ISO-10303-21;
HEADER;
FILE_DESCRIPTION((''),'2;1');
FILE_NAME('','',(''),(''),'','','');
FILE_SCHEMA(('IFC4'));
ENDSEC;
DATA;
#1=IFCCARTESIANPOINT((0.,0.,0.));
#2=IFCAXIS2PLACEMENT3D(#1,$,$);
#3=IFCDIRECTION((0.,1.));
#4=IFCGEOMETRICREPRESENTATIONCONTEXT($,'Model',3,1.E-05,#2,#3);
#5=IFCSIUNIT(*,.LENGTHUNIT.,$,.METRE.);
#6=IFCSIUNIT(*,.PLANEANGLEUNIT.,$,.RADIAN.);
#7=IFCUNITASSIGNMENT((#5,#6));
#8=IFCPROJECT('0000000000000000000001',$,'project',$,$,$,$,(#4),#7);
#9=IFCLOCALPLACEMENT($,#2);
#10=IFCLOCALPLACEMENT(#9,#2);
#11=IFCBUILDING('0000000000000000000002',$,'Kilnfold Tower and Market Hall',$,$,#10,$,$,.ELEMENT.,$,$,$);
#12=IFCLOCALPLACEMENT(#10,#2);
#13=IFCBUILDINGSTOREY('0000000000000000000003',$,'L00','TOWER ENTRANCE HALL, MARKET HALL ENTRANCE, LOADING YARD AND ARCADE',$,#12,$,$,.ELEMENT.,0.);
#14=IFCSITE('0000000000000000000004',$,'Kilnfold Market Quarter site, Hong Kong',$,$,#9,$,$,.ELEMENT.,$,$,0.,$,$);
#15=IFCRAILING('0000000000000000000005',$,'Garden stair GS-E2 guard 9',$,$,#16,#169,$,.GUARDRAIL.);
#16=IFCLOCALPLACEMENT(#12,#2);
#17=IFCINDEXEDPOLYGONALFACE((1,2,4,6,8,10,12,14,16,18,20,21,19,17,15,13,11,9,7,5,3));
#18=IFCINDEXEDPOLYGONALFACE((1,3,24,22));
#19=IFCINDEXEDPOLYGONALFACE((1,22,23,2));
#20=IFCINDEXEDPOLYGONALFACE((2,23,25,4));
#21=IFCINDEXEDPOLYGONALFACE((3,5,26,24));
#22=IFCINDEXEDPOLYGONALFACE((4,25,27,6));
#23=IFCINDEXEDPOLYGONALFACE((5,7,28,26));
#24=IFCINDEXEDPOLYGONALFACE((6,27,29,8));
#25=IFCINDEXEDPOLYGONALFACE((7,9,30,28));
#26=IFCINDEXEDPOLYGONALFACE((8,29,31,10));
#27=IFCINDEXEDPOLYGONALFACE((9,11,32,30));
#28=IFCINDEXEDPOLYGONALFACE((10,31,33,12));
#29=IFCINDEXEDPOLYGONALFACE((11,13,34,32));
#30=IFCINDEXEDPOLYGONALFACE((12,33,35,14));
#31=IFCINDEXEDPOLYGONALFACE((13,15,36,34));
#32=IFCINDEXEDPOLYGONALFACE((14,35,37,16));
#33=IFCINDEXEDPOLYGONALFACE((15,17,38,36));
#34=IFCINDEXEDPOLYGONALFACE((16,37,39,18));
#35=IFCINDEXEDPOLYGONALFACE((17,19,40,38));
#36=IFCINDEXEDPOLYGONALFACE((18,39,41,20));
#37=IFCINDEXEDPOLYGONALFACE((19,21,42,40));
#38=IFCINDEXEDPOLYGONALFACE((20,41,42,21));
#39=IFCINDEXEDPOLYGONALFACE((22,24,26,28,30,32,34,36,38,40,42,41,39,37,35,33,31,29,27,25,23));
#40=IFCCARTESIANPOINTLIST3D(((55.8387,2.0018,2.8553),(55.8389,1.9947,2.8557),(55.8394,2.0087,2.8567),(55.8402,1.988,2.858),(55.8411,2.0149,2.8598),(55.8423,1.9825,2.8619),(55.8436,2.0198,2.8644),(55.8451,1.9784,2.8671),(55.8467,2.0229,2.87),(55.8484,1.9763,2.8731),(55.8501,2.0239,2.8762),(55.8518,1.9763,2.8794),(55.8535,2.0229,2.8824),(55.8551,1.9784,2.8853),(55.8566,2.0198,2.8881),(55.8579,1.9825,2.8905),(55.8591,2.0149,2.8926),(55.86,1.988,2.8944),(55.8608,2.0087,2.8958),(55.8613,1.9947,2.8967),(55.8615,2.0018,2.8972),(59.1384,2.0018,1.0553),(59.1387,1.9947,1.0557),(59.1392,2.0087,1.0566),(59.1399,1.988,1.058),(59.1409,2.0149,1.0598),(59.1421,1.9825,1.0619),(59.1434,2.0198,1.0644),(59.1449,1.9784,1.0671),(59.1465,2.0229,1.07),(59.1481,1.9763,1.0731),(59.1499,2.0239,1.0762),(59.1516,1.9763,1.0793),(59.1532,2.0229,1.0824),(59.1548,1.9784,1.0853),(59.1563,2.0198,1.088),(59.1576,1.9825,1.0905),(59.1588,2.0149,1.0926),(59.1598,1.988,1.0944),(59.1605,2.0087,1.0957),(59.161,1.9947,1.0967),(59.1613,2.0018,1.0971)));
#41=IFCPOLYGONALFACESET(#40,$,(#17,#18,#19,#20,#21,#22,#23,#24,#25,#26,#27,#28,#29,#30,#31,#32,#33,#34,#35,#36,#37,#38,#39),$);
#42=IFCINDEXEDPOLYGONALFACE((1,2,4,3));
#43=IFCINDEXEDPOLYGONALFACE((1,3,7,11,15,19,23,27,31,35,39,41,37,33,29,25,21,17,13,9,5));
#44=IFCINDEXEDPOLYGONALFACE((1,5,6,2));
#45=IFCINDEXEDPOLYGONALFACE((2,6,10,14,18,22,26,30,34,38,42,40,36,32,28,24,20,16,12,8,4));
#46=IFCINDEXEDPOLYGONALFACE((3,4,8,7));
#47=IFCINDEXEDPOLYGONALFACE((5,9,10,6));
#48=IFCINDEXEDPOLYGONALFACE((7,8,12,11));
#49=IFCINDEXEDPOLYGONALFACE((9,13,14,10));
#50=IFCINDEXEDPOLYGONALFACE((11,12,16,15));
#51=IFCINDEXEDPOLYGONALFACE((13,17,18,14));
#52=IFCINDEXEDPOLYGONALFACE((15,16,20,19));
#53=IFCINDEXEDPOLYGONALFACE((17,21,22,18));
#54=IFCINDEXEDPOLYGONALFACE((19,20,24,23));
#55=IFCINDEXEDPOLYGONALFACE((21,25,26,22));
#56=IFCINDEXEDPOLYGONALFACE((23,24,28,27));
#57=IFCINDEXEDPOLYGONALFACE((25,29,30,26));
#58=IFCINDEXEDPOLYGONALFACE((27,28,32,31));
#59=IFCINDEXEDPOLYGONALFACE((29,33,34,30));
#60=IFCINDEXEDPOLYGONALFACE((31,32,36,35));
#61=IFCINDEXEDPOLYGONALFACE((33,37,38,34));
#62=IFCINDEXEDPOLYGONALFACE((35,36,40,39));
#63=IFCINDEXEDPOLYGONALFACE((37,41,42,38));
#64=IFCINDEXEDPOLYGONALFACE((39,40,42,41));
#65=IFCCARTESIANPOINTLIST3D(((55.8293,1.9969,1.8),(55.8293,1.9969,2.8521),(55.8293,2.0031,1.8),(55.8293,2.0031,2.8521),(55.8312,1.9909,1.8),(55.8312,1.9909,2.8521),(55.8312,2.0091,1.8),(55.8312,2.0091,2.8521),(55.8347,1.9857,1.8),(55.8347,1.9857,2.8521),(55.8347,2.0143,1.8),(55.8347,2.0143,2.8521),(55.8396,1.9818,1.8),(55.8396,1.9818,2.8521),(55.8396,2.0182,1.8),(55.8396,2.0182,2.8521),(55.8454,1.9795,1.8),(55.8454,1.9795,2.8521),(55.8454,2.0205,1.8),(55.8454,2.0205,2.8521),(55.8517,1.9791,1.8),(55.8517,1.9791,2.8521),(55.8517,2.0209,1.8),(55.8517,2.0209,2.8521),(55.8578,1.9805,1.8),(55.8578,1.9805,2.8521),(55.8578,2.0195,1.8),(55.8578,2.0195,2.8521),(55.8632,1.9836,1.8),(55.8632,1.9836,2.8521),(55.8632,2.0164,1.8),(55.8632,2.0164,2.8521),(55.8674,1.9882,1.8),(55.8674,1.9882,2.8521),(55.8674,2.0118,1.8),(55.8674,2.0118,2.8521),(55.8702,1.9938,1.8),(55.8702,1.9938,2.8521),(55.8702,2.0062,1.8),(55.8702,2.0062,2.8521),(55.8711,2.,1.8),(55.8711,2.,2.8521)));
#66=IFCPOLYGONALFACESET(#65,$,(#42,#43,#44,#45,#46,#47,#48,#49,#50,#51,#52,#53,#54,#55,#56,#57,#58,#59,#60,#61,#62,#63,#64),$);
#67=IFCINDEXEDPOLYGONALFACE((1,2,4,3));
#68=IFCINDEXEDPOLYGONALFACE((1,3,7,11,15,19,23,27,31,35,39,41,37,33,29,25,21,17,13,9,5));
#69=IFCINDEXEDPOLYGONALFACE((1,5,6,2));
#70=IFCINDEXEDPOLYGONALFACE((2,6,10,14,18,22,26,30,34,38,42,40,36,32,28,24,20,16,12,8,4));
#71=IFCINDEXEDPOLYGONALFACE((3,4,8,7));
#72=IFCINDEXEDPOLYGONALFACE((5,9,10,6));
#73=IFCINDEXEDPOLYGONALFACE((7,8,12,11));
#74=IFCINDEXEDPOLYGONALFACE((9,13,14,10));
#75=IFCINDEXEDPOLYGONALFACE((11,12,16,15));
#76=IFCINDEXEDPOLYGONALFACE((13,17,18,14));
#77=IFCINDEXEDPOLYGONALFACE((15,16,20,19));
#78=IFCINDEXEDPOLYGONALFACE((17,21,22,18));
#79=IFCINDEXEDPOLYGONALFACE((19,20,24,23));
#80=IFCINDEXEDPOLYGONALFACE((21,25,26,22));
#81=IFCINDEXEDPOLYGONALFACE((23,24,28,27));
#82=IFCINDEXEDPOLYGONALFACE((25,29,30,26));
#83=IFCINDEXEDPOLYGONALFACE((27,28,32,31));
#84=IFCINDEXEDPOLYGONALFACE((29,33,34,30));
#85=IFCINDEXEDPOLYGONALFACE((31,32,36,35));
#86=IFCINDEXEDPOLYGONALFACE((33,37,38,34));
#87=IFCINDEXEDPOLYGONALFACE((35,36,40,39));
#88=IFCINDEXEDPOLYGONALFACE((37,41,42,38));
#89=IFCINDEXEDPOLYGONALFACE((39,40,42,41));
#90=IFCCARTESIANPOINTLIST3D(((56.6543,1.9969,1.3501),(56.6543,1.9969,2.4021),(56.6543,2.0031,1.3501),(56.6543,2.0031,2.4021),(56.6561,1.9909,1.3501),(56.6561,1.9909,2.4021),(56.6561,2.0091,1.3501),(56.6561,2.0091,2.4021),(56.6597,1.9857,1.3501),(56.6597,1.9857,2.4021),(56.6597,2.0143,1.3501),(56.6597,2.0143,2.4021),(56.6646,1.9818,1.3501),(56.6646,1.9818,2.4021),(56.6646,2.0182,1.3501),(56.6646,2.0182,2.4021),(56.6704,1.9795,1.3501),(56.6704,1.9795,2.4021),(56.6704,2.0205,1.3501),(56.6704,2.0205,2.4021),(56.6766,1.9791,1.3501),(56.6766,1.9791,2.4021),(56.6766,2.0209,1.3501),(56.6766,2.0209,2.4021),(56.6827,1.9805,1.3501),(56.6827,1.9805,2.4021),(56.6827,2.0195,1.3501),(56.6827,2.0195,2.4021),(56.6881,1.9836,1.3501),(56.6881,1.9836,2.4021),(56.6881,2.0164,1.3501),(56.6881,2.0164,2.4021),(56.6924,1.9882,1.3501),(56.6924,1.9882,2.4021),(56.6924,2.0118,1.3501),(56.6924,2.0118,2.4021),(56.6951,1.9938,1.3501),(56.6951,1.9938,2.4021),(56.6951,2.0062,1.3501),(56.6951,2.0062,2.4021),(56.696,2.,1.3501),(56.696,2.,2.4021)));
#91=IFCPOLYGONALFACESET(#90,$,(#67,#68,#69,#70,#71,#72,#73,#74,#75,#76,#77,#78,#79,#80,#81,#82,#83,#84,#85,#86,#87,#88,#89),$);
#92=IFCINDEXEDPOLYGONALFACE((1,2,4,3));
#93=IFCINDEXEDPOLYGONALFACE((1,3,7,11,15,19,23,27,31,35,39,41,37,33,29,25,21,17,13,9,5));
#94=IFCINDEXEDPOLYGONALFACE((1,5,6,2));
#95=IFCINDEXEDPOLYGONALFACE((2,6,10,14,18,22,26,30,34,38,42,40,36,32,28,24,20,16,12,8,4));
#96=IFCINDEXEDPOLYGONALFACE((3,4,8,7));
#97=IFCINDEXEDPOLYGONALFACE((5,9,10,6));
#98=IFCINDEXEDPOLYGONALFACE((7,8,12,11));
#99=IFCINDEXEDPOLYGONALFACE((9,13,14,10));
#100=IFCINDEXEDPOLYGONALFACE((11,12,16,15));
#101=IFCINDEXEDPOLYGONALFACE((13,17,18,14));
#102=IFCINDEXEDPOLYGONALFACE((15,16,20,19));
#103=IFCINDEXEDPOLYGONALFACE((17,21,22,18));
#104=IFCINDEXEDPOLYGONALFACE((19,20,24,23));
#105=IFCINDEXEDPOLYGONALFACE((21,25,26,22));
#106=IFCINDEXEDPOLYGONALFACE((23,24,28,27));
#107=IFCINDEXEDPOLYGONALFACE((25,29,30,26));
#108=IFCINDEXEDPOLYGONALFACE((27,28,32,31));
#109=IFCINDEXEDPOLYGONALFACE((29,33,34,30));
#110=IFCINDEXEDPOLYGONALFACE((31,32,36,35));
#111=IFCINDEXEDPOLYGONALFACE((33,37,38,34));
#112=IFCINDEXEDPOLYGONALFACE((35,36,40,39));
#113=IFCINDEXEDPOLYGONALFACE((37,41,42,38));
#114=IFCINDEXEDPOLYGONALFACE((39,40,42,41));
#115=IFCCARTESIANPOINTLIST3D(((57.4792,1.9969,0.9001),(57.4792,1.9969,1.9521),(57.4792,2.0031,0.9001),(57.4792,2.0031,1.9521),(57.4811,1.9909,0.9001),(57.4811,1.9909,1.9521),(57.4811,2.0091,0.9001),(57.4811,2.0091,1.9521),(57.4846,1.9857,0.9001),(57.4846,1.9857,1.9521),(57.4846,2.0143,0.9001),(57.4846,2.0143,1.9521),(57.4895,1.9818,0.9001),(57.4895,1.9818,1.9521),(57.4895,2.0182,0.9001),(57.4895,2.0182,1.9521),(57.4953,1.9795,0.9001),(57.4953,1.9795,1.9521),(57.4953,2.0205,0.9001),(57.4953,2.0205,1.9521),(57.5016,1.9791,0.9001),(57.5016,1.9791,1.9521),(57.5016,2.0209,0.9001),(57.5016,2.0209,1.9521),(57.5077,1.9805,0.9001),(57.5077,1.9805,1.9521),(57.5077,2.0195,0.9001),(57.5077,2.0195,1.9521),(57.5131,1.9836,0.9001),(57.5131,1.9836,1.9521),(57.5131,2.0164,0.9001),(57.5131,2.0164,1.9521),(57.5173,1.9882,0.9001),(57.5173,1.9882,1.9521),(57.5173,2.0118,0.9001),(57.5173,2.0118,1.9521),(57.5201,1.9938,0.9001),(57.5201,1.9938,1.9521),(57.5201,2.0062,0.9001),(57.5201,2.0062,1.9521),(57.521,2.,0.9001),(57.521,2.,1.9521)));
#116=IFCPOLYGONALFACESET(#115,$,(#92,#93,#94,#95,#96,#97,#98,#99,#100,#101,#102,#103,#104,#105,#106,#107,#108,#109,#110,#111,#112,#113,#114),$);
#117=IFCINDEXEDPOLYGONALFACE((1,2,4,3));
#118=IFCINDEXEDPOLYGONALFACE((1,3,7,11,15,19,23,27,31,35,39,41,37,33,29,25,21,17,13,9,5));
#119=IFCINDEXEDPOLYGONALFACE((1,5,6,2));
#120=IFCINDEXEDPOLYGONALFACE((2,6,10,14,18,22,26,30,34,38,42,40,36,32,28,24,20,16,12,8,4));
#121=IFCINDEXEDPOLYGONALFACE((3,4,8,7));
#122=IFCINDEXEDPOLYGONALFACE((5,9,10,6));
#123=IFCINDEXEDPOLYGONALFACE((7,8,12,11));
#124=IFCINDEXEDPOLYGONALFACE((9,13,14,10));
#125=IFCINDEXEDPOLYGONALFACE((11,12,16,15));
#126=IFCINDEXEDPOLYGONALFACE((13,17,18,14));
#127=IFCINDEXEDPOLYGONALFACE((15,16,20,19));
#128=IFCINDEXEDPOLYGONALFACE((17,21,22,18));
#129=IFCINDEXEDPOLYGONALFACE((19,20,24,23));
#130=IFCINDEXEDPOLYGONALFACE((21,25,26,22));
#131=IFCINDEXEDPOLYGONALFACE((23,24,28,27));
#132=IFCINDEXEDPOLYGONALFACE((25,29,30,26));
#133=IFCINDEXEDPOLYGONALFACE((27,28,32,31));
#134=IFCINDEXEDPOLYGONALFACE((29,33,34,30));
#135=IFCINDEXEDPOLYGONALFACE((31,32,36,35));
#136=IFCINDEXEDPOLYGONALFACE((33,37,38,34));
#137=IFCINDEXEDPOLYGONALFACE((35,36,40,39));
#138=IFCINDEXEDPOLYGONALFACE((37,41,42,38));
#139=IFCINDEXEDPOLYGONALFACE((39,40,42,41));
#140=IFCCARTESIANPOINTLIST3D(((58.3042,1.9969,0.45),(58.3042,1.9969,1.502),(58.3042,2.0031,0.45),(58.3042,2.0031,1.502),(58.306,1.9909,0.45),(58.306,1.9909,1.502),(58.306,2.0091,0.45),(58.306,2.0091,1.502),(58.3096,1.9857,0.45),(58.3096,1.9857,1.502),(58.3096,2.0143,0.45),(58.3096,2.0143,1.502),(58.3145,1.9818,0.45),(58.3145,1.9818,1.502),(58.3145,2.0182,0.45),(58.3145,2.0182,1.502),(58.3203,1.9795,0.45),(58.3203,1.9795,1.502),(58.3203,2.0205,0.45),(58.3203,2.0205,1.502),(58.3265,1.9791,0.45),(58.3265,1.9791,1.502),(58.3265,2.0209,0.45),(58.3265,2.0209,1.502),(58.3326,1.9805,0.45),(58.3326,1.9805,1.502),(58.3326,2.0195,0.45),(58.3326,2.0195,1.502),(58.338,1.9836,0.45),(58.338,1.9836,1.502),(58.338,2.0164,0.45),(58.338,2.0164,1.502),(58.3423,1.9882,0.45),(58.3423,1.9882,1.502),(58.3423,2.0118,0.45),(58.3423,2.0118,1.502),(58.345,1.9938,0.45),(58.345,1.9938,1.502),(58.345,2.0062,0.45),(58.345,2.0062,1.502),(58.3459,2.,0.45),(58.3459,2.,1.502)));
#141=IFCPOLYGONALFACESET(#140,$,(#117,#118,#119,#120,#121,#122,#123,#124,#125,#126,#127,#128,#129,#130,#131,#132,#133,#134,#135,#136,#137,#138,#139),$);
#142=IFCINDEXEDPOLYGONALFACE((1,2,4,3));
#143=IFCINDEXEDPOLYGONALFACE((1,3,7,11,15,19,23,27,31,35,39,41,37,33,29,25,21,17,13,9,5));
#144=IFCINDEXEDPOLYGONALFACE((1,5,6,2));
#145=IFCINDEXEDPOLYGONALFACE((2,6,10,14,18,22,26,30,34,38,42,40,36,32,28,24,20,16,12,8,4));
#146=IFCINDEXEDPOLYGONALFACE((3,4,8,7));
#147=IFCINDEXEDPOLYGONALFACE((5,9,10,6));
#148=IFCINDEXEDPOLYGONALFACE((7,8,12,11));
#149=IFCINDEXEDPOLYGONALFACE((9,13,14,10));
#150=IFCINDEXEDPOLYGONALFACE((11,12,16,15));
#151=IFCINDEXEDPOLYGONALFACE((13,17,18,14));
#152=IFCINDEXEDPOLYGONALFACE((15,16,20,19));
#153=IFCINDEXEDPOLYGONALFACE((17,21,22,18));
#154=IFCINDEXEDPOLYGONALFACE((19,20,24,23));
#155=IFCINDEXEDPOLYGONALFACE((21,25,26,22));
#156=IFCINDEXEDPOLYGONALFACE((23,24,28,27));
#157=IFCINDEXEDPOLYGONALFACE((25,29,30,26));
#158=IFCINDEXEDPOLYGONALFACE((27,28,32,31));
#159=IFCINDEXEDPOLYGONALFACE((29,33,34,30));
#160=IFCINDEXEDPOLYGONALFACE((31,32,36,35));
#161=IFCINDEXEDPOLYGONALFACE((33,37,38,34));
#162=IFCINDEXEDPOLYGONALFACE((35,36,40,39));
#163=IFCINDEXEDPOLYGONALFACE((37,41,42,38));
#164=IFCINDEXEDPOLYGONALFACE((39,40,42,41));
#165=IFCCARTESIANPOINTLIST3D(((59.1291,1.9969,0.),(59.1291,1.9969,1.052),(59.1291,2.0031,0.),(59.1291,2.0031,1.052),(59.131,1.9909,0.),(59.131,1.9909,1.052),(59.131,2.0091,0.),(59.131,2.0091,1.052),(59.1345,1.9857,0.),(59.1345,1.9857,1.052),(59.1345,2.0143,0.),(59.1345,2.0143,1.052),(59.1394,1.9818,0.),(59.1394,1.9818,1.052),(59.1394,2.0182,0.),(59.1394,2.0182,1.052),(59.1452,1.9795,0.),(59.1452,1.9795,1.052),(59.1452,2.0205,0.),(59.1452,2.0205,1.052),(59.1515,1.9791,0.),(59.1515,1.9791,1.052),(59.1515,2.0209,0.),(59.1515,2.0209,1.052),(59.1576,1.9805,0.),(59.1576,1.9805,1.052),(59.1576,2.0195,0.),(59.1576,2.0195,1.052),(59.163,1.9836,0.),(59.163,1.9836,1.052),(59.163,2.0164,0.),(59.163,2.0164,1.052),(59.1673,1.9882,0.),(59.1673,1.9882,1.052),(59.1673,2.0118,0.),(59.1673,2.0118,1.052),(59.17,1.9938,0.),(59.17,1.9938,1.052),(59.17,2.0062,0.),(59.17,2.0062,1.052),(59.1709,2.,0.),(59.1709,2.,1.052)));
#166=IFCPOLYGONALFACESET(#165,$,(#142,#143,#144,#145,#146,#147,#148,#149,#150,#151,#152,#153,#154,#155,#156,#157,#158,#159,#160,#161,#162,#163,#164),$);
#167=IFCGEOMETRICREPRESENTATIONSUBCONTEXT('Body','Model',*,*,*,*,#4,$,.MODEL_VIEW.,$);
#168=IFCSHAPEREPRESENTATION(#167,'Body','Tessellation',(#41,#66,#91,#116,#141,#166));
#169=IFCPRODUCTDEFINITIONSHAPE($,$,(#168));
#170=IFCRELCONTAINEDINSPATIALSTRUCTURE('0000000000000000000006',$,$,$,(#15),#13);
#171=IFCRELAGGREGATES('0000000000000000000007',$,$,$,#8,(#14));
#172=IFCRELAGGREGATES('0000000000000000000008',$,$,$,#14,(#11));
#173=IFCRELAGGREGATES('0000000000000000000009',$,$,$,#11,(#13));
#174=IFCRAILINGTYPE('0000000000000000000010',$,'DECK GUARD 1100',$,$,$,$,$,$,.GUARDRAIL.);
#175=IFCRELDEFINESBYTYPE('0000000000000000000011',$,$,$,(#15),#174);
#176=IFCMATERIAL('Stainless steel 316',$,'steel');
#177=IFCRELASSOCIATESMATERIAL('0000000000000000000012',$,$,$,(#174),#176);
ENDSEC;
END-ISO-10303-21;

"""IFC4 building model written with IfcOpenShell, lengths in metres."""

from ifc_helpers import new_model, si_unit, direction, frame, origin, origin_2d, place, context, subcontext, project, spatial, circle, extrude, material, type_object, element, save


model = new_model("IFC4")

# Units and contexts
model_context = context("Model", 3, precision=1e-05, world=origin(), true_north=direction((0.0, 1.0)))
body_context = subcontext(model_context, "Body", "Model", "MODEL_VIEW")
ifc_project = project(units=[si_unit("LENGTHUNIT", "METRE"), si_unit("PLANEANGLEUNIT", "RADIAN")], contexts=[model_context])

# Site, building, storey
site_placement = place(None, origin())
site = spatial("IfcSite", under=ifc_project, at=site_placement, Name="Kilnfold Market Quarter site, Hong Kong", CompositionType="ELEMENT", RefElevation=0.0)
building_placement = place(site_placement, origin())
building = spatial("IfcBuilding", under=site, at=building_placement, Name="Kilnfold Tower and Market Hall", CompositionType="ELEMENT")
storey_placement = place(building_placement, origin())
storey = spatial("IfcBuildingStorey", under=building, at=storey_placement, Name="L00", Description="TOWER ENTRANCE HALL, MARKET HALL ENTRANCE, LOADING YARD AND ARCADE", CompositionType="ELEMENT", Elevation=0.0)

# Railing
ifc_material_1 = material(Name="Stainless steel 316", Category="steel")
railing_type_1 = type_object("IfcRailingType", Name="DECK GUARD 1100", PredefinedType="GUARDRAIL", material=ifc_material_1)
railing_1_placement = place(storey_placement, frame((55.8501, 2.0, 1.8)))
element("IfcRailing", 1, at=railing_1_placement, inside=storey, type_object=railing_type_1, Name="Garden stair GS-E2 guard 9", PredefinedType="GUARDRAIL", context=body_context, shape_type="SweptSolid", body=[
    extrude(circle(Radius=0.0239, at=origin_2d()), frame((0.0, 0.0, 1.0762), z_axis=(0.877878, 0.0, -0.478884), x_axis=(0.0, 1.0, 0.0)), (0.0, 0.0, 1.0), 3.7588),
    extrude(circle(Radius=0.021, at=origin_2d()), origin(), (0.0, 0.0, 1.0), 1.052),
    extrude(circle(Radius=0.021, at=origin_2d()), frame((0.825, 0.0, -0.45)), (0.0, 0.0, 1.0), 1.052),
    extrude(circle(Radius=0.021, at=origin_2d()), frame((1.6499, 0.0, -0.8999)), (0.0, 0.0, 1.0), 1.052),
    extrude(circle(Radius=0.021, at=origin_2d()), frame((2.4749, 0.0, -1.3501)), (0.0, 0.0, 1.0), 1.052),
    extrude(circle(Radius=0.021, at=origin_2d()), frame((3.2998, 0.0, -1.8)), (0.0, 0.0, 1.0), 1.052),
])

save(model, "model.ifc")
